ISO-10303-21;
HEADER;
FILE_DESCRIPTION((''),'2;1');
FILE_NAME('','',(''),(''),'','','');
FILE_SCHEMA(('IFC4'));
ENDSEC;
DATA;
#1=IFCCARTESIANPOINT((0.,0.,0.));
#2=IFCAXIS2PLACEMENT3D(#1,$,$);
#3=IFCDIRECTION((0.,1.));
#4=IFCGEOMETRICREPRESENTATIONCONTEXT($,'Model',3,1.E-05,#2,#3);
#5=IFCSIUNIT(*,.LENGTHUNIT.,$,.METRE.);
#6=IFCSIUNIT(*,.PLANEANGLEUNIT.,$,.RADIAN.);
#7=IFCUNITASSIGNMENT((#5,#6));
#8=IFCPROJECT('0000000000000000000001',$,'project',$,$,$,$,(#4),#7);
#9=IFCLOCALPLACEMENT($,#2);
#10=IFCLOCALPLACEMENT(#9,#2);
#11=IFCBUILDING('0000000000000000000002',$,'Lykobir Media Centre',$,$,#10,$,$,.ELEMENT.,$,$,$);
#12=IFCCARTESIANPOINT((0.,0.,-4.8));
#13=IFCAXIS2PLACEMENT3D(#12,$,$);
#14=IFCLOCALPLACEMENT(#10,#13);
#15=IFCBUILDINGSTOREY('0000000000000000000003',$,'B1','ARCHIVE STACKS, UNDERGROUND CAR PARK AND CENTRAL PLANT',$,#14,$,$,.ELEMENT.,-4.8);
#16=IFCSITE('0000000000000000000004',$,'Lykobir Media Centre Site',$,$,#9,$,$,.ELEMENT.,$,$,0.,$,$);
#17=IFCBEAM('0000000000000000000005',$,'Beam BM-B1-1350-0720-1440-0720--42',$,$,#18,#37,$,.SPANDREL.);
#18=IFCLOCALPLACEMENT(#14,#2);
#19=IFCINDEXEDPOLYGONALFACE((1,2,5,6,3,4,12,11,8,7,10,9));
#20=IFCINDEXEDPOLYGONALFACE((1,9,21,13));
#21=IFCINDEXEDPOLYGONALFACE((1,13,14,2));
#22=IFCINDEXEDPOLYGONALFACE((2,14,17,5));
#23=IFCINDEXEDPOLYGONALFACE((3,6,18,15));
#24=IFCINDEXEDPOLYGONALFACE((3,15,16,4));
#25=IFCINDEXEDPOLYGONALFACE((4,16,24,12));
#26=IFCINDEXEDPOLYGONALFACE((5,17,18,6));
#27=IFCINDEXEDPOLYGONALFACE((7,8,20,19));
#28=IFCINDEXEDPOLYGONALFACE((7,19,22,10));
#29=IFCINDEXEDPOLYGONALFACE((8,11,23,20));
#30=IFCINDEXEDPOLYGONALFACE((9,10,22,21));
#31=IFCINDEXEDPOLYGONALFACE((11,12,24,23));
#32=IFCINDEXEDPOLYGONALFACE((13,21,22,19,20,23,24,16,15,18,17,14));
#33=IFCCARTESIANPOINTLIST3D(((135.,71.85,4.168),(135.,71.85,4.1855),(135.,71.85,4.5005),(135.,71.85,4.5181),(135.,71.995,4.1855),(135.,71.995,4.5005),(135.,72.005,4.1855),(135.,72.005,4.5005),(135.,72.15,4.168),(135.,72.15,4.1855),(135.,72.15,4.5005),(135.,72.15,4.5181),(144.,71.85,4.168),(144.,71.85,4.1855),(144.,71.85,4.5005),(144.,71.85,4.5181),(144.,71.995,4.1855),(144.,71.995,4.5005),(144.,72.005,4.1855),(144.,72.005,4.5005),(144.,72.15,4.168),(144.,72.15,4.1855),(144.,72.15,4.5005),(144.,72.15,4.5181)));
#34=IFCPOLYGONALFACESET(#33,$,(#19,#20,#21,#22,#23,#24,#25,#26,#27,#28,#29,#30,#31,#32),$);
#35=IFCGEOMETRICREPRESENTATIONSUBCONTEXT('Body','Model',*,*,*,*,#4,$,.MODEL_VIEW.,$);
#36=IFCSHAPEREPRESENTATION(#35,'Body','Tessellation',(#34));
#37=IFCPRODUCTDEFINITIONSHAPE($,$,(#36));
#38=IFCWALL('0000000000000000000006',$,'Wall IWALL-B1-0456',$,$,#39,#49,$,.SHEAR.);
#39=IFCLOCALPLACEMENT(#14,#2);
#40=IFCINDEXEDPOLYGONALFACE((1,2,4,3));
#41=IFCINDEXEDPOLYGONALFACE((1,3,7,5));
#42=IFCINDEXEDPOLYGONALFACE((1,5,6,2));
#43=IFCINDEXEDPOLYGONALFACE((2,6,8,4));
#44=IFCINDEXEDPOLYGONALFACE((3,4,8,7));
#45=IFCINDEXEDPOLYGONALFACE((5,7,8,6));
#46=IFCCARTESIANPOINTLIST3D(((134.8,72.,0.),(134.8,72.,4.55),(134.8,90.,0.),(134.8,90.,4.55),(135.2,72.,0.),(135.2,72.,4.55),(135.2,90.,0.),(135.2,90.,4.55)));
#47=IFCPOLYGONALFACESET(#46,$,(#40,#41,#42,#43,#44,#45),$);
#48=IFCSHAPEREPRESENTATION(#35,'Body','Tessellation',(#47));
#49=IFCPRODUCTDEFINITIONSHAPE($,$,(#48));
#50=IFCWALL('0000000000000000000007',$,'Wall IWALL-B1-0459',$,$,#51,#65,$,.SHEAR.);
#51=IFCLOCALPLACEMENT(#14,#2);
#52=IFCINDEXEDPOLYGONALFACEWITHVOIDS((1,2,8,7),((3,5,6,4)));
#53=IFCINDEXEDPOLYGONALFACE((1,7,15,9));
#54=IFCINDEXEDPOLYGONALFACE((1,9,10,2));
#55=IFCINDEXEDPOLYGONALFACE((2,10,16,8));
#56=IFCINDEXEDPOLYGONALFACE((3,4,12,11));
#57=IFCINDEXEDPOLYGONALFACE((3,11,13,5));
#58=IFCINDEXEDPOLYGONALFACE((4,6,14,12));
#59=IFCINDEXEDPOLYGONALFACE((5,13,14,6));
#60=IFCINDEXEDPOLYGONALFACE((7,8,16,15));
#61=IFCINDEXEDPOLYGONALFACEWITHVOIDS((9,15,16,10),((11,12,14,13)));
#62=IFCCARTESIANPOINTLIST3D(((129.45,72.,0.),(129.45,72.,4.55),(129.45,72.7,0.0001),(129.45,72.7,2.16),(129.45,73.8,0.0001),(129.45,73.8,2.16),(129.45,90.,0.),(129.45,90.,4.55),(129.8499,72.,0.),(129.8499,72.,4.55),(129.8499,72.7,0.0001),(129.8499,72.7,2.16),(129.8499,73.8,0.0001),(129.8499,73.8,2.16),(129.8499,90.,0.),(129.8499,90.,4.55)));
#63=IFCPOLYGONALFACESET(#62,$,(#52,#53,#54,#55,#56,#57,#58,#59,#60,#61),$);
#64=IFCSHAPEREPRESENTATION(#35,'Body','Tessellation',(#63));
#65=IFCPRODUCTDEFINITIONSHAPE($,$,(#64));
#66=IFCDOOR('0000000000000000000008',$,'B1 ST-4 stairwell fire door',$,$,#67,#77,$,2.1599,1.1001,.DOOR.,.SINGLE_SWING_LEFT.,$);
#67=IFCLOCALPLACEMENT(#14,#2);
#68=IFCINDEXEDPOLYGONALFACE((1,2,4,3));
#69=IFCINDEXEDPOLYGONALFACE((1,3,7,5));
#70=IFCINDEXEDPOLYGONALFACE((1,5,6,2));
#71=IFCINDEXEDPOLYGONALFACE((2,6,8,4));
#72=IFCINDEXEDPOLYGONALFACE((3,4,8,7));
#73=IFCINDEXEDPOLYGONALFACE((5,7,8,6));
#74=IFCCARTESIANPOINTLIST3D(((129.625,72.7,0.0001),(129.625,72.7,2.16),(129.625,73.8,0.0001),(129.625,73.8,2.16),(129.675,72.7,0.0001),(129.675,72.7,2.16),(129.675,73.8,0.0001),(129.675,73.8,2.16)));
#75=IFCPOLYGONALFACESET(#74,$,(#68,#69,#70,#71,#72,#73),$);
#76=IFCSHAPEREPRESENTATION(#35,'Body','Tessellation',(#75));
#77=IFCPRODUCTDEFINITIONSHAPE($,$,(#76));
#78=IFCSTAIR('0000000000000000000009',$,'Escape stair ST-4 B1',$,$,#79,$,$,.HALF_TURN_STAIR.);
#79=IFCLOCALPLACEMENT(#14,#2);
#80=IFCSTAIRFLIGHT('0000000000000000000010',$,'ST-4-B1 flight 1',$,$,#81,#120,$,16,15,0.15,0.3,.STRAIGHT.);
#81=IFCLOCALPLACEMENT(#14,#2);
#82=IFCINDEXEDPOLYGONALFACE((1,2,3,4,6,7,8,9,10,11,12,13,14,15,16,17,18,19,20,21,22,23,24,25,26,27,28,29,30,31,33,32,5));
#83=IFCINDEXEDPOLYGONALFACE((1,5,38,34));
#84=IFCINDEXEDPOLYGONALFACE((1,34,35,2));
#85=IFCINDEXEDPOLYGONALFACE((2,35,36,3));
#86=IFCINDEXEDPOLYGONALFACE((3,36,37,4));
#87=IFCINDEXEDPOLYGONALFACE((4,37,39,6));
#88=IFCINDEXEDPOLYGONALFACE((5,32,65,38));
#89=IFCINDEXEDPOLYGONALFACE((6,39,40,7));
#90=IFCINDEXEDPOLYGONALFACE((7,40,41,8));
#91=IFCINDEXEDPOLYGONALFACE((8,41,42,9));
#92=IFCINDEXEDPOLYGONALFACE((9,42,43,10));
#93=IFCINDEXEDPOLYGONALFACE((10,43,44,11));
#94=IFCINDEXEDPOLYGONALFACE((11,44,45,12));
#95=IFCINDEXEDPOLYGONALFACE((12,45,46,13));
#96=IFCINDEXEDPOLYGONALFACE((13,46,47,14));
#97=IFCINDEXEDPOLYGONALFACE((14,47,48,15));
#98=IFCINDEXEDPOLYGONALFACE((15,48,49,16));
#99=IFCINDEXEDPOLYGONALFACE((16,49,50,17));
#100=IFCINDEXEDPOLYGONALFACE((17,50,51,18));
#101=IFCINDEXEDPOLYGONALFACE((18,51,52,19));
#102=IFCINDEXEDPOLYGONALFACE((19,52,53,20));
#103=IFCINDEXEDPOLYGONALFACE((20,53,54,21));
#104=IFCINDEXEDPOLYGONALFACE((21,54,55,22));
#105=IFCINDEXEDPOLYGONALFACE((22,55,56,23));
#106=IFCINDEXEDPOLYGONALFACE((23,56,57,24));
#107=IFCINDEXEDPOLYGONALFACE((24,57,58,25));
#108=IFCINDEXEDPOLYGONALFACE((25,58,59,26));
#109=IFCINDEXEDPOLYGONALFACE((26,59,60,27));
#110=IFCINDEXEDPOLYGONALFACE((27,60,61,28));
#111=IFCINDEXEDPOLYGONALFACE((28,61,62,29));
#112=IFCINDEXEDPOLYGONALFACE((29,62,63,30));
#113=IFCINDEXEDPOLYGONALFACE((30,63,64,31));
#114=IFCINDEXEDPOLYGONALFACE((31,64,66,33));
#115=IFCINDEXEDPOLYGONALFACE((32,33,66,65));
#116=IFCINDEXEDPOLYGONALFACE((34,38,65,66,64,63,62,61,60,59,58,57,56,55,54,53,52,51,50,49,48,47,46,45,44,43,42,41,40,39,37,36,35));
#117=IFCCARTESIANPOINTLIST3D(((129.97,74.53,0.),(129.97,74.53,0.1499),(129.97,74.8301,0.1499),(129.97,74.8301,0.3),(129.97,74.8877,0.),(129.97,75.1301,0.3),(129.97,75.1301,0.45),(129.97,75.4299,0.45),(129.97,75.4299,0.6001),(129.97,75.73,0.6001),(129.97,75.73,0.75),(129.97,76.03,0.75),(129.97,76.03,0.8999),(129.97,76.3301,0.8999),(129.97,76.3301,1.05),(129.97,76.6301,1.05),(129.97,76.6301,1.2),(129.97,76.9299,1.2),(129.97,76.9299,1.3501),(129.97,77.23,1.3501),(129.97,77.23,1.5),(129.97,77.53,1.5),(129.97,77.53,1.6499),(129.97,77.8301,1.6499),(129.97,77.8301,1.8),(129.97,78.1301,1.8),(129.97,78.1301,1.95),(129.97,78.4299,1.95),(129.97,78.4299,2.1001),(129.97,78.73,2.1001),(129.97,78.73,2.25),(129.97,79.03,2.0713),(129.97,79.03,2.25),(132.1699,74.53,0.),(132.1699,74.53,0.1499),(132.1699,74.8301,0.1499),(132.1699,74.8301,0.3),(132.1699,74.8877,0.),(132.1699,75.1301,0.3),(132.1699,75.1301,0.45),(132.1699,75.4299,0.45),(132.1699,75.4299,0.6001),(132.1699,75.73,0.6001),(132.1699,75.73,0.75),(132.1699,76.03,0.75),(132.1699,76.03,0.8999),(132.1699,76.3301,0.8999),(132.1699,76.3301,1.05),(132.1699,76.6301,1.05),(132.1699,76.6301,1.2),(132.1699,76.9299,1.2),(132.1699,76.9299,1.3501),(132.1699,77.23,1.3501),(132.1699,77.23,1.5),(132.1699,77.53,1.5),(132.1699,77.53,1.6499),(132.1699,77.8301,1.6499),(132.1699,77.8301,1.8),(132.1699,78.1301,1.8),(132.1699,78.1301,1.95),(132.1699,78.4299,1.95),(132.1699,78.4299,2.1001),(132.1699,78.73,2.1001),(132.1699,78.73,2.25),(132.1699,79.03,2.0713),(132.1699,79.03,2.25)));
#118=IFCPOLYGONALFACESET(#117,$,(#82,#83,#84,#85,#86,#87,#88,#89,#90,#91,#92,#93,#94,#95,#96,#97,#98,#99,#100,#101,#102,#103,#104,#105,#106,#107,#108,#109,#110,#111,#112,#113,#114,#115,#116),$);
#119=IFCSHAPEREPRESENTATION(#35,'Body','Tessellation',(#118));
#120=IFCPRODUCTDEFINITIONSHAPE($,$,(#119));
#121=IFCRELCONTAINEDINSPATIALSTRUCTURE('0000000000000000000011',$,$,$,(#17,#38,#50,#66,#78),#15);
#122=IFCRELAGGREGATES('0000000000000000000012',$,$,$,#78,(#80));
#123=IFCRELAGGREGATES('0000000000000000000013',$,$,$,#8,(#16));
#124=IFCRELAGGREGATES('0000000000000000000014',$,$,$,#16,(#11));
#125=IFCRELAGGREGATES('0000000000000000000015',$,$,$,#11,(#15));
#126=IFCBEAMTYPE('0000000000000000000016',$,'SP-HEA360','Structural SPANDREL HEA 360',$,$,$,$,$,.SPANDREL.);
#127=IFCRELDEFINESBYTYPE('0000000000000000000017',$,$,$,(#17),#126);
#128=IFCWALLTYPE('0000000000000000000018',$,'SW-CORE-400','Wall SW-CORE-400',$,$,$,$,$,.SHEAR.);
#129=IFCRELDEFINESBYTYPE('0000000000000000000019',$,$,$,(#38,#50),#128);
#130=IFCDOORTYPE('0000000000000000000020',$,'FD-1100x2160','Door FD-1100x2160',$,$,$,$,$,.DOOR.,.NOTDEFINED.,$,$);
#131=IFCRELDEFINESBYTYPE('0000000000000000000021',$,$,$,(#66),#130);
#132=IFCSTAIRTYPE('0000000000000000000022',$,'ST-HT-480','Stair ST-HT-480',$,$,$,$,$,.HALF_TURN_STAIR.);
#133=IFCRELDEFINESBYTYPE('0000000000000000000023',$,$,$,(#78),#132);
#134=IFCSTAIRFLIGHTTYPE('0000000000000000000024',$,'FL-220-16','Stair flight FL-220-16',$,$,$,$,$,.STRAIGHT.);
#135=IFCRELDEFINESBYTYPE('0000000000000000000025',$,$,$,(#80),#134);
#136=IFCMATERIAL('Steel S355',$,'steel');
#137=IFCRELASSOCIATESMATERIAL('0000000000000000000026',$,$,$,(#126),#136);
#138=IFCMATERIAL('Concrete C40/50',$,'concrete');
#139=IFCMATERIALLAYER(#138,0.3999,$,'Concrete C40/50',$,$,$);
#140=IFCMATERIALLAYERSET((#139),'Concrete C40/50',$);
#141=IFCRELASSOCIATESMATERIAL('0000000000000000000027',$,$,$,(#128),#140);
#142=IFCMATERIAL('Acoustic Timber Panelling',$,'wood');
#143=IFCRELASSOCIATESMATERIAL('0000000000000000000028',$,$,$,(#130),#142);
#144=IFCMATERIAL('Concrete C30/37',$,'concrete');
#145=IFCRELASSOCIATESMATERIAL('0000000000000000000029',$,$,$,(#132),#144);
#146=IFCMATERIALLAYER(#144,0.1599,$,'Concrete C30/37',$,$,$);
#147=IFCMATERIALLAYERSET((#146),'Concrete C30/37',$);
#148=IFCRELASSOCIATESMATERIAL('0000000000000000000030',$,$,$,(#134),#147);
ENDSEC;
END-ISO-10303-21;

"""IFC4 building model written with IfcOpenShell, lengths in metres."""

from ifc_helpers import new_model, si_unit, direction, frame, frame_2d, origin, origin_2d, place, context, subcontext, project, spatial, polyline, rectangle, i_section, outline, extrude, material, layer, layer_set, material_profile, profile_set, type_object, element, fill, aggregate, save


model = new_model("IFC4")

# Units and contexts
model_context = context("Model", 3, precision=1e-05, world=origin(), true_north=direction((0.0, 1.0)))
body_context = subcontext(model_context, "Body", "Model", "MODEL_VIEW")
ifc_project = project(units=[si_unit("LENGTHUNIT", "METRE"), si_unit("PLANEANGLEUNIT", "RADIAN")], contexts=[model_context])

# Site, building, storey
site_placement = place(None, origin())
site = spatial("IfcSite", under=ifc_project, at=site_placement, Name="Lykobir Media Centre Site", CompositionType="ELEMENT", RefElevation=0.0)
building_placement = place(site_placement, origin())
building = spatial("IfcBuilding", under=site, at=building_placement, Name="Lykobir Media Centre", CompositionType="ELEMENT")
storey_placement = place(building_placement, frame((0.0, 0.0, -4.8)))
storey = spatial("IfcBuildingStorey", under=building, at=storey_placement, Name="B1", Description="ARCHIVE STACKS, UNDERGROUND CAR PARK AND CENTRAL PLANT", CompositionType="ELEMENT", Elevation=-4.8)

# Shared definitions
ifc_material_1 = material(Name="Concrete C30/37", Category="concrete")

# Shared definitions
ifc_material_2 = material(Name="Concrete C40/50", Category="concrete")

# Beam
ifc_material_3 = material(Name="Steel S355", Category="steel")
ifc_material_profile_1 = material_profile(ifc_material_3, i_section(OverallWidth=0.3, OverallDepth=0.3501, WebThickness=0.01, FlangeThickness=0.0176, at=origin_2d()), Name="HEA 360")
ifc_profile_set_1 = profile_set([ifc_material_profile_1], Name="Steel S355")
beam_type_1 = type_object("IfcBeamType", Name="SP-HEA360", Description="Structural SPANDREL HEA 360", PredefinedType="SPANDREL", material=ifc_profile_set_1)
beam_placement = place(storey_placement, frame((135.0, 72.0, 4.343), z_axis=(1.0, 0.0, 0.0), x_axis=(0.0, 1.0, 0.0)))
element("IfcBeam", 1, at=beam_placement, inside=storey, type_object=beam_type_1, Name="Beam BM-B1-1350-0720-1440-0720--42", PredefinedType="SPANDREL", context=body_context, shape_type="SweptSolid", body=[
    extrude(i_section(OverallWidth=0.3, OverallDepth=0.3501, WebThickness=0.01, FlangeThickness=0.0176, at=origin_2d()), origin(), (0.0, 0.0, 1.0), 9.0),
])

# Wall
ifc_layer_1 = layer(ifc_material_2, 0.3999, Name="Concrete C40/50")
ifc_layer_set_1 = layer_set([ifc_layer_1], Name="Concrete C40/50")
wall_type = type_object("IfcWallType", Name="SW-CORE-400", Description="Wall SW-CORE-400", PredefinedType="SHEAR", material=ifc_layer_set_1)
wall_1_placement = place(storey_placement, frame((135.0, 72.0, 0.0), z_axis=(0.0, 0.0, 1.0), x_axis=(0.0, 1.0, 0.0)))
element("IfcWall", 2, at=wall_1_placement, inside=storey, type_object=wall_type, Name="Wall IWALL-B1-0456", PredefinedType="SHEAR", context=body_context, shape_type="SweptSolid", body=[
    extrude(rectangle(XDim=18.0, YDim=0.3999, at=frame_2d((9.0, 0.0))), origin(), (0.0, 0.0, 1.0), 4.55),
])

# Wall, opening, door
wall_2_placement = place(storey_placement, frame((129.6499, 72.0, 0.0), z_axis=(0.0, 0.0, 1.0), x_axis=(0.0, 1.0, 0.0)))
wall_2 = element("IfcWall", 3, at=wall_2_placement, inside=storey, type_object=wall_type, Name="Wall IWALL-B1-0459", PredefinedType="SHEAR", context=body_context, shape_type="SweptSolid", body=[
    extrude(rectangle(XDim=18.0, YDim=0.3999, at=frame_2d((9.0, 0.0))), origin(), (0.0, 0.0, 1.0), 4.55),
])
opening_placement = place(wall_2_placement, frame((0.7, 0.0, 0.0)))
opening = element("IfcOpeningElement", 4, at=opening_placement, cuts=wall_2, PredefinedType="OPENING", context=body_context, shape_type="SweptSolid", body=[
    extrude(rectangle(XDim=1.1001, YDim=2.1599, at=frame_2d((0.55, 1.0801))), frame((0.0, 0.21, 0.0), z_axis=(0.0, -1.0, 0.0), x_axis=(1.0, 0.0, 0.0)), (0.0, 0.0, 1.0), 0.4199),
])
ifc_material_4 = material(Name="Acoustic Timber Panelling", Category="wood")
door_type = type_object("IfcDoorType", Name="FD-1100x2160", Description="Door FD-1100x2160", OperationType="NOTDEFINED", PredefinedType="DOOR", material=ifc_material_4)
door_placement = place(opening_placement, origin())
door = element("IfcDoor", 5, at=door_placement, inside=storey, type_object=door_type, Name="B1 ST-4 stairwell fire door", OperationType="SINGLE_SWING_LEFT", OverallHeight=2.1599, OverallWidth=1.1001, PredefinedType="DOOR", context=body_context, shape_type="SweptSolid", body=[
    extrude(rectangle(XDim=1.1001, YDim=2.1599, at=frame_2d((0.55, 1.0801))), frame((0.0, 0.0249, 0.0), z_axis=(0.0, -1.0, 0.0), x_axis=(1.0, 0.0, 0.0)), (0.0, 0.0, 1.0), 0.05),
])
fill(opening, door)

# Stair, stair flight
stair_type = type_object("IfcStairType", Name="ST-HT-480", Description="Stair ST-HT-480", PredefinedType="HALF_TURN_STAIR", material=ifc_material_1)
stair_placement = place(storey_placement, origin())
stair = element("IfcStair", 6, at=stair_placement, inside=storey, type_object=stair_type, Name="Escape stair ST-4 B1", PredefinedType="HALF_TURN_STAIR")
ifc_layer_2 = layer(ifc_material_1, 0.1599, Name="Concrete C30/37")
ifc_layer_set_2 = layer_set([ifc_layer_2], Name="Concrete C30/37")
stair_flight_type = type_object("IfcStairFlightType", Name="FL-220-16", Description="Stair flight FL-220-16", PredefinedType="STRAIGHT", material=ifc_layer_set_2)
stair_flight_placement = place(storey_placement, frame((131.0701, 74.53, 0.0), z_axis=(0.0, 0.0, 1.0), x_axis=(0.0, 1.0, 0.0)))
stair_flight = element("IfcStairFlight", 7, at=stair_flight_placement, type_object=stair_flight_type, Name="ST-4-B1 flight 1", NumberOfRisers=16, NumberOfTreads=15, PredefinedType="STRAIGHT", RiserHeight=0.15, TreadLength=0.3, context=body_context, shape_type="SweptSolid", body=[
    extrude(outline(polyline([(0.0, 0.0), (0.0, 0.1499), (0.3, 0.1499), (0.3, 0.3), (0.6001, 0.3), (0.6001, 0.45), (0.8999, 0.45), (0.8999, 0.6001), (1.2, 0.6001), (1.2, 0.75), (1.5, 0.75), (1.5, 0.8999), (1.8, 0.8999), (1.8, 1.05), (2.1001, 1.05), (2.1001, 1.2), (2.3999, 1.2), (2.3999, 1.3501), (2.7, 1.3501), (2.7, 1.5), (3.0, 1.5), (3.0, 1.6499), (3.3, 1.6499), (3.3, 1.8), (3.6001, 1.8), (3.6001, 1.95), (3.8999, 1.95), (3.8999, 2.1001), (4.2, 2.1001), (4.2, 2.25), (4.5, 2.25), (4.5, 2.3999), (4.5, 2.0713), (0.3577, 0.0), (0.0, 0.0)])), frame((0.0, 1.1001, 0.0), z_axis=(0.0, -1.0, 0.0), x_axis=(1.0, 0.0, 0.0)), (0.0, 0.0, 1.0), 2.2),
])
aggregate(stair, [stair_flight])

save(model, "model.ifc")
